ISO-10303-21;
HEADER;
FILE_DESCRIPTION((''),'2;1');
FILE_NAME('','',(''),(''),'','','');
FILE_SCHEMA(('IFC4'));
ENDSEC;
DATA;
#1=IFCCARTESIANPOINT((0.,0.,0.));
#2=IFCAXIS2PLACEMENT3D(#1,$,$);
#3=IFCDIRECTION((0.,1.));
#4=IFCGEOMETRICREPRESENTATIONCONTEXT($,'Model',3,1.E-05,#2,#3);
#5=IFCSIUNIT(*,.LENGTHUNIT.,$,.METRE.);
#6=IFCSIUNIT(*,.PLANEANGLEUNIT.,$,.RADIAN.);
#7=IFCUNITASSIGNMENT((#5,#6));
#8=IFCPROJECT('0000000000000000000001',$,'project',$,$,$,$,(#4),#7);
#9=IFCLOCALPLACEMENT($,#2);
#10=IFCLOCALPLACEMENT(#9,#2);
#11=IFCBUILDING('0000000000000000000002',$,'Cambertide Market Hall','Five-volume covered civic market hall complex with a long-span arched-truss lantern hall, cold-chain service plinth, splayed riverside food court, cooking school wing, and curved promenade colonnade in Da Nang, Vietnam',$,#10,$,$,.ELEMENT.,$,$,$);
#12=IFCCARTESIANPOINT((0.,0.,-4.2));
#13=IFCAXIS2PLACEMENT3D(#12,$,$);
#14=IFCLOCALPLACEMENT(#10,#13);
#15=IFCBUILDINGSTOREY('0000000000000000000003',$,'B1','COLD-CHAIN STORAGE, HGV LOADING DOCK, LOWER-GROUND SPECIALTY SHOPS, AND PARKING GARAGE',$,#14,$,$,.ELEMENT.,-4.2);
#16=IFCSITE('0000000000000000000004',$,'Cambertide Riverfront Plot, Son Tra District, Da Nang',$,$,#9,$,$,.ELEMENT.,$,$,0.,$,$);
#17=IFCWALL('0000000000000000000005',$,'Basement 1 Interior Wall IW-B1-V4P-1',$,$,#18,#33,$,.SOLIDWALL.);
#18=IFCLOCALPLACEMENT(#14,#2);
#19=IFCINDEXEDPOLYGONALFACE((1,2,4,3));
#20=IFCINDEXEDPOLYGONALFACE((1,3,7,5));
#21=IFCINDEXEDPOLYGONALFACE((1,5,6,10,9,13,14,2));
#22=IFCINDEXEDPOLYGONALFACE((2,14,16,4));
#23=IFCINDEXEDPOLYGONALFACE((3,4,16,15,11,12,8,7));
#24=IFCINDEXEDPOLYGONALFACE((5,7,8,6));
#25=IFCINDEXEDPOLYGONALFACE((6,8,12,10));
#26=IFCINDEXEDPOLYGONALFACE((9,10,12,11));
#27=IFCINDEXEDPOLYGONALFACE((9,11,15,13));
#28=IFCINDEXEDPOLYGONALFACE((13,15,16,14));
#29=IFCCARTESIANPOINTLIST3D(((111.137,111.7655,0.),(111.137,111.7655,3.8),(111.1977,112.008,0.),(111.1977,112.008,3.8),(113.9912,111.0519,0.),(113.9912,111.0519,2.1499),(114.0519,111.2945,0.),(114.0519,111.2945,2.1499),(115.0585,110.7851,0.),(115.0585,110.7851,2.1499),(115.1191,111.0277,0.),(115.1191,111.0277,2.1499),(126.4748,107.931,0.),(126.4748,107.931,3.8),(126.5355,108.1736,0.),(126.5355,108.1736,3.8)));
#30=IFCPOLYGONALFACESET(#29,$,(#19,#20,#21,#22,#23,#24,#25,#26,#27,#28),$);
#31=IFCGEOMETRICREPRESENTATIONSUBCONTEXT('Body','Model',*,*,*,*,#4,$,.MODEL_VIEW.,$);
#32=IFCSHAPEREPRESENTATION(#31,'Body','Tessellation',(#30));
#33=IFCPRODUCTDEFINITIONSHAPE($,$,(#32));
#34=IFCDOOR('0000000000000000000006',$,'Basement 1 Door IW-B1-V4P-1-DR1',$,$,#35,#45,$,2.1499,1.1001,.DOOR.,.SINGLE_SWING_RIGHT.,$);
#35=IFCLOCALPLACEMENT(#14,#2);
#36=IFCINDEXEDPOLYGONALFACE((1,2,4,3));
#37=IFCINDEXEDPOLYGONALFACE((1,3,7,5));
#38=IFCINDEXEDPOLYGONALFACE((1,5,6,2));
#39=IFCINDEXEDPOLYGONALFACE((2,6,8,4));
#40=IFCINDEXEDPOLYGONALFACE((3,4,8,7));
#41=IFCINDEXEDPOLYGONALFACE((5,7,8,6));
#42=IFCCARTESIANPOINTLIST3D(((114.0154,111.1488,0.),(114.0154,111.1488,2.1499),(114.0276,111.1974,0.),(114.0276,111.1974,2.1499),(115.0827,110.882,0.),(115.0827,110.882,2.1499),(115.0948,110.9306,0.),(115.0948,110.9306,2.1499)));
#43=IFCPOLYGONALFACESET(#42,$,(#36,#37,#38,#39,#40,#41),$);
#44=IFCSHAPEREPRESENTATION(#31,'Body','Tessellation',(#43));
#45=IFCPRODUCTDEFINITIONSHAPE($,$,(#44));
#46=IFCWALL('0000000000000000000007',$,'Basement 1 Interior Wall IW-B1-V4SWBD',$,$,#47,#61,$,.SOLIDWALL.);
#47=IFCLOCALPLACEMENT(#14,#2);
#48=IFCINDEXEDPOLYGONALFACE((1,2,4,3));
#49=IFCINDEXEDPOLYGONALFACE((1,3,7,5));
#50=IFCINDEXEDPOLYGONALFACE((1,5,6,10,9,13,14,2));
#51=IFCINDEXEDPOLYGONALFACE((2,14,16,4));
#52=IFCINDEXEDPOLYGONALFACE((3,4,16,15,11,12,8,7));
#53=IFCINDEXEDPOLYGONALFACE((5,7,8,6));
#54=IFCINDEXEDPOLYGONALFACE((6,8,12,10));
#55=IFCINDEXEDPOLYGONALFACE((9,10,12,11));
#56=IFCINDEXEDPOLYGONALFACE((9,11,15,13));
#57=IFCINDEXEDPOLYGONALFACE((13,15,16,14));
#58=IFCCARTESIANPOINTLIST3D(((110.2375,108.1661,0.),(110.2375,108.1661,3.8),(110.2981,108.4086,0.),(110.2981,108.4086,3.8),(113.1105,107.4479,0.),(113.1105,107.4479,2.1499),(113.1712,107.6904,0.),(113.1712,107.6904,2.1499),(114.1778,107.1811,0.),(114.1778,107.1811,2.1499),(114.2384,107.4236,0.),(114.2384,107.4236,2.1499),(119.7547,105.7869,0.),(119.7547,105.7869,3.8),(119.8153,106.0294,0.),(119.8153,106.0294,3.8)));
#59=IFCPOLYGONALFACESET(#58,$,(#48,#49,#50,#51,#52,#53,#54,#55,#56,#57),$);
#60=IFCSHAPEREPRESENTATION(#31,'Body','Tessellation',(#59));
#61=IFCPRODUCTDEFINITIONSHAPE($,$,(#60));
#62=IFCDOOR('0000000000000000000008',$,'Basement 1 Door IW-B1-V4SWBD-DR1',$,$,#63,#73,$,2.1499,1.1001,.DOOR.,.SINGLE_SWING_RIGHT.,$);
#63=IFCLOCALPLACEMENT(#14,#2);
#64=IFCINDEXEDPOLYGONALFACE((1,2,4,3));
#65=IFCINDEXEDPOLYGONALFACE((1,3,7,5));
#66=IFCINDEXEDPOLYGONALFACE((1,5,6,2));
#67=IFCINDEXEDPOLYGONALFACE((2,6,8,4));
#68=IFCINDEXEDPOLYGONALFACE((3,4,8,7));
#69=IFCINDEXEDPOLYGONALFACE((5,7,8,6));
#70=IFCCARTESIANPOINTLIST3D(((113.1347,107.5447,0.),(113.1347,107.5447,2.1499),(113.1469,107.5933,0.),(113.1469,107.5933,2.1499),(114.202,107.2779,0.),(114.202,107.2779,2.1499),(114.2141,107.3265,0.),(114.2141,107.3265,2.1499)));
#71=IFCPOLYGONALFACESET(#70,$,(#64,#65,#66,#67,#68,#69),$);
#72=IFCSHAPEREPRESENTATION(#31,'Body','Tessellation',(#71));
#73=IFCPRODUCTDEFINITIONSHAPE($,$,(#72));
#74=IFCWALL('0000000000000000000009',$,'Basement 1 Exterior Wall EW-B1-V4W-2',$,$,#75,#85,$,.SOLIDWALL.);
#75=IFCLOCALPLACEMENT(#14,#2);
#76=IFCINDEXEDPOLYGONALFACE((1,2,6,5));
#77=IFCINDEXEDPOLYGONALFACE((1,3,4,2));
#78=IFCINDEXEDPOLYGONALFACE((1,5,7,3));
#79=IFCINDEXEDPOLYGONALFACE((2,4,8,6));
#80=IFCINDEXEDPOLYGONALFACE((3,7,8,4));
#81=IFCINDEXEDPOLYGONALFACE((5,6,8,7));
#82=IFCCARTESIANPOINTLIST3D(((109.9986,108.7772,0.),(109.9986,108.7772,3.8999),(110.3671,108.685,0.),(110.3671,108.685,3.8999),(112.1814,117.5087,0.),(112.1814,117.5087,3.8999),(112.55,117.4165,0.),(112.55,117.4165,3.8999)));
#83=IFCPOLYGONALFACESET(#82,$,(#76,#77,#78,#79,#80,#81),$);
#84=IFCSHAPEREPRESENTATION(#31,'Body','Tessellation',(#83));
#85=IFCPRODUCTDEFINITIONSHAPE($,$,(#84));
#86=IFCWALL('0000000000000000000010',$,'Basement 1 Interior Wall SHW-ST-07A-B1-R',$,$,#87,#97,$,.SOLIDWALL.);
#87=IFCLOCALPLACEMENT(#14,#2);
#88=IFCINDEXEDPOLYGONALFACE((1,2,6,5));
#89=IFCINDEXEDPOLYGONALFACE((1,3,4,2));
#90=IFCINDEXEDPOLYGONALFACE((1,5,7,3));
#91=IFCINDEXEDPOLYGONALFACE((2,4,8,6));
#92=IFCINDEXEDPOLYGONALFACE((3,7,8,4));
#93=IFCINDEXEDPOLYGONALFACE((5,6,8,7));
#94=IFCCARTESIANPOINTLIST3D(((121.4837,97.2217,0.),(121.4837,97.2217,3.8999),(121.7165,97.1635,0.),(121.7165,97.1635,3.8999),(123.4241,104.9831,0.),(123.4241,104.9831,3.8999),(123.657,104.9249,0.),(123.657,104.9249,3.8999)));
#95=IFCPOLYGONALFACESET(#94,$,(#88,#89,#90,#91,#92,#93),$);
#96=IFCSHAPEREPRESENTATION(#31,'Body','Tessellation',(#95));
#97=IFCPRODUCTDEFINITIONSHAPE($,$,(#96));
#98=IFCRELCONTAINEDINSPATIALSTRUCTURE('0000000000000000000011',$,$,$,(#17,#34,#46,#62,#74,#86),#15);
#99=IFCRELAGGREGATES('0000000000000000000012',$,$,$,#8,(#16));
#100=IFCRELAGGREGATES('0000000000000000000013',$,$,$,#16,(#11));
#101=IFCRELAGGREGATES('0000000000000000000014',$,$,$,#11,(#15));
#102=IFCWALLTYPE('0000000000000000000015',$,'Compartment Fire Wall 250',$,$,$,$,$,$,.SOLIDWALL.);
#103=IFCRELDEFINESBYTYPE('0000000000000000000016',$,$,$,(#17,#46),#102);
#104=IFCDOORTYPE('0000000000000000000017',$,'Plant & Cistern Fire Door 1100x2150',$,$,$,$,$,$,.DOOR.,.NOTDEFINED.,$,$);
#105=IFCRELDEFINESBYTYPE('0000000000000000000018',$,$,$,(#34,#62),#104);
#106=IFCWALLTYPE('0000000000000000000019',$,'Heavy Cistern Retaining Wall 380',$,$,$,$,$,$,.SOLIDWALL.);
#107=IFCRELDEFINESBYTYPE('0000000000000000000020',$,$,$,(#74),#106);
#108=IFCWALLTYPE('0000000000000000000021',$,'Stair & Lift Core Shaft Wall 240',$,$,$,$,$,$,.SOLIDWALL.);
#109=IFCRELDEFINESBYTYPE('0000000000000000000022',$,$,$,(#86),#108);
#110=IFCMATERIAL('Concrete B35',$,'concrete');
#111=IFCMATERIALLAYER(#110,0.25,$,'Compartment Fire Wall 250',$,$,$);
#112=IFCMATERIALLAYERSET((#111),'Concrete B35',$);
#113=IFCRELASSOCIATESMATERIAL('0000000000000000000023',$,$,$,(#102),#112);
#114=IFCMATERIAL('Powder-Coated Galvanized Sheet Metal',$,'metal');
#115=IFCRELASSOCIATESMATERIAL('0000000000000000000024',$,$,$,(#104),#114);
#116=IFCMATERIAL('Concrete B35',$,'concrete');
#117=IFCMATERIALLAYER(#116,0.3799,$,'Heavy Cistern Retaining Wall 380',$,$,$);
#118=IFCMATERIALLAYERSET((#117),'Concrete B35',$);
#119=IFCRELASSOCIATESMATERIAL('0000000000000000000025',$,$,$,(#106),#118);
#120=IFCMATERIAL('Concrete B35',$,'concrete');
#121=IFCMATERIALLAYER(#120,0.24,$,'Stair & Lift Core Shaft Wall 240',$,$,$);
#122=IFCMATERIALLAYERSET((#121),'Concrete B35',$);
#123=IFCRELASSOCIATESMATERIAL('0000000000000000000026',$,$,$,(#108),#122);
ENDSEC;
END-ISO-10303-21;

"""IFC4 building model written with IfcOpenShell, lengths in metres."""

from ifc_helpers import new_model, si_unit, direction, frame, frame_2d, origin, place, context, subcontext, project, spatial, rectangle, extrude, material, layer, layer_set, type_object, element, fill, save


model = new_model("IFC4")

# Units and contexts
model_context = context("Model", 3, precision=1e-05, world=origin(), true_north=direction((0.0, 1.0)))
body_context = subcontext(model_context, "Body", "Model", "MODEL_VIEW")
ifc_project = project(units=[si_unit("LENGTHUNIT", "METRE"), si_unit("PLANEANGLEUNIT", "RADIAN")], contexts=[model_context])

# Site, building, storey
site_placement = place(None, origin())
site = spatial("IfcSite", under=ifc_project, at=site_placement, Name="Cambertide Riverfront Plot, Son Tra District, Da Nang", CompositionType="ELEMENT", RefElevation=0.0)
building_placement = place(site_placement, origin())
building = spatial("IfcBuilding", under=site, at=building_placement, Name="Cambertide Market Hall", Description="Five-volume covered civic market hall complex with a long-span arched-truss lantern hall, cold-chain service plinth, splayed riverside food court, cooking school wing, and curved promenade colonnade in Da Nang, Vietnam", CompositionType="ELEMENT")
storey_placement = place(building_placement, frame((0.0, 0.0, -4.2)))
storey = spatial("IfcBuildingStorey", under=building, at=storey_placement, Name="B1", Description="COLD-CHAIN STORAGE, HGV LOADING DOCK, LOWER-GROUND SPECIALTY SHOPS, AND PARKING GARAGE", CompositionType="ELEMENT", Elevation=-4.2)

# Walls, openings, doors
ifc_material_1 = material(Name="Concrete B35", Category="concrete")
ifc_layer_1 = layer(ifc_material_1, 0.25, Name="Compartment Fire Wall 250")
ifc_layer_set_1 = layer_set([ifc_layer_1], Name="Concrete B35")
wall_type_1 = type_object("IfcWallType", Name="Compartment Fire Wall 250", PredefinedType="SOLIDWALL", material=ifc_layer_set_1)
wall_1_placement = place(storey_placement, frame((111.1675, 111.8867, 0.0), z_axis=(0.0, 0.0, 1.0), x_axis=(0.970143, -0.242536, 0.0)))
wall_1 = element("IfcWall", 1, at=wall_1_placement, inside=storey, type_object=wall_type_1, Name="Basement 1 Interior Wall IW-B1-V4P-1", PredefinedType="SOLIDWALL", context=body_context, shape_type="SweptSolid", body=[
    extrude(rectangle(XDim=15.8098, YDim=0.25, at=frame_2d((7.9048, 0.0))), origin(), (0.0, 0.0, 1.0), 3.8),
])
opening_1_placement = place(wall_1_placement, frame((2.9419, 0.0, 0.0)))
opening_1 = element("IfcOpeningElement", 2, at=opening_1_placement, cuts=wall_1, PredefinedType="OPENING", context=body_context, shape_type="SweptSolid", body=[
    extrude(rectangle(XDim=1.1001, YDim=2.1499, at=frame_2d((0.55, 1.075))), frame((0.0, 0.135, 0.0), z_axis=(0.0, -1.0, 0.0), x_axis=(1.0, 0.0, 0.0)), (0.0, 0.0, 1.0), 0.27),
])
ifc_material_2 = material(Name="Powder-Coated Galvanized Sheet Metal", Category="metal")
door_type_1 = type_object("IfcDoorType", Name="Plant & Cistern Fire Door 1100x2150", OperationType="NOTDEFINED", PredefinedType="DOOR", material=ifc_material_2)
door_1_placement = place(opening_1_placement, origin())
door_1 = element("IfcDoor", 3, at=door_1_placement, inside=storey, type_object=door_type_1, Name="Basement 1 Door IW-B1-V4P-1-DR1", OperationType="SINGLE_SWING_RIGHT", OverallHeight=2.1499, OverallWidth=1.1001, PredefinedType="DOOR", context=body_context, shape_type="SweptSolid", body=[
    extrude(rectangle(XDim=1.1001, YDim=2.1499, at=frame_2d((0.55, 1.075))), frame((0.0, 0.0249, 0.0), z_axis=(0.0, -1.0, 0.0), x_axis=(1.0, 0.0, 0.0)), (0.0, 0.0, 1.0), 0.05),
])
fill(opening_1, door_1)
wall_2_placement = place(storey_placement, frame((110.2678, 108.2874, 0.0), z_axis=(0.0, 0.0, 1.0), x_axis=(0.970145, -0.242524, 0.0)))
wall_2 = element("IfcWall", 4, at=wall_2_placement, inside=storey, type_object=wall_type_1, Name="Basement 1 Interior Wall IW-B1-V4SWBD", PredefinedType="SOLIDWALL", context=body_context, shape_type="SweptSolid", body=[
    extrude(rectangle(XDim=9.8101, YDim=0.25, at=frame_2d((4.905, 0.0))), origin(), (0.0, 0.0, 1.0), 3.8),
])
opening_2_placement = place(wall_2_placement, frame((2.9614, 0.0, 0.0)))
opening_2 = element("IfcOpeningElement", 5, at=opening_2_placement, cuts=wall_2, PredefinedType="OPENING", context=body_context, shape_type="SweptSolid", body=[
    extrude(rectangle(XDim=1.1001, YDim=2.1499, at=frame_2d((0.55, 1.075))), frame((0.0, 0.135, 0.0), z_axis=(0.0, -1.0, 0.0), x_axis=(1.0, 0.0, 0.0)), (0.0, 0.0, 1.0), 0.27),
])
door_2_placement = place(opening_2_placement, origin())
door_2 = element("IfcDoor", 6, at=door_2_placement, inside=storey, type_object=door_type_1, Name="Basement 1 Door IW-B1-V4SWBD-DR1", OperationType="SINGLE_SWING_RIGHT", OverallHeight=2.1499, OverallWidth=1.1001, PredefinedType="DOOR", context=body_context, shape_type="SweptSolid", body=[
    extrude(rectangle(XDim=1.1001, YDim=2.1499, at=frame_2d((0.55, 1.075))), frame((0.0, 0.0249, 0.0), z_axis=(0.0, -1.0, 0.0), x_axis=(1.0, 0.0, 0.0)), (0.0, 0.0, 1.0), 0.05),
])
fill(opening_2, door_2)

# Wall
ifc_material_3 = material(Name="Concrete B35", Category="concrete")
ifc_layer_2 = layer(ifc_material_3, 0.3799, Name="Heavy Cistern Retaining Wall 380")
ifc_layer_set_2 = layer_set([ifc_layer_2], Name="Concrete B35")
wall_type_2 = type_object("IfcWallType", Name="Heavy Cistern Retaining Wall 380", PredefinedType="SOLIDWALL", material=ifc_layer_set_2)
wall_3_placement = place(storey_placement, frame((110.1829, 108.7312, 0.0), z_axis=(0.0, 0.0, 1.0), x_axis=(0.242536, 0.970143, 0.0)))
element("IfcWall", 7, at=wall_3_placement, inside=storey, type_object=wall_type_2, Name="Basement 1 Exterior Wall EW-B1-V4W-2", PredefinedType="SOLIDWALL", context=body_context, shape_type="SweptSolid", body=[
    extrude(rectangle(XDim=9.0002, YDim=0.3799, at=frame_2d((4.5, 0.0))), origin(), (0.0, 0.0, 1.0), 3.8999),
])

# Shared definitions
ifc_material_4 = material(Name="Concrete B35", Category="concrete")
ifc_layer_3 = layer(ifc_material_4, 0.24, Name="Stair & Lift Core Shaft Wall 240")
ifc_layer_set_3 = layer_set([ifc_layer_3], Name="Concrete B35")
wall_type_3 = type_object("IfcWallType", Name="Stair & Lift Core Shaft Wall 240", PredefinedType="SOLIDWALL", material=ifc_layer_set_3)

# Wall
wall_4_placement = place(storey_placement, frame((123.5405, 104.9539, 0.0), z_axis=(0.0, 0.0, 1.0), x_axis=(-0.24255, -0.970139, 0.0)))
element("IfcWall", 8, at=wall_4_placement, inside=storey, type_object=wall_type_3, Name="Basement 1 Interior Wall SHW-ST-07A-B1-R", PredefinedType="SOLIDWALL", context=body_context, shape_type="SweptSolid", body=[
    extrude(rectangle(XDim=8.0002, YDim=0.24, at=frame_2d((4.0, 0.0))), origin(), (0.0, 0.0, 1.0), 3.8999),
])

save(model, "model.ifc")
